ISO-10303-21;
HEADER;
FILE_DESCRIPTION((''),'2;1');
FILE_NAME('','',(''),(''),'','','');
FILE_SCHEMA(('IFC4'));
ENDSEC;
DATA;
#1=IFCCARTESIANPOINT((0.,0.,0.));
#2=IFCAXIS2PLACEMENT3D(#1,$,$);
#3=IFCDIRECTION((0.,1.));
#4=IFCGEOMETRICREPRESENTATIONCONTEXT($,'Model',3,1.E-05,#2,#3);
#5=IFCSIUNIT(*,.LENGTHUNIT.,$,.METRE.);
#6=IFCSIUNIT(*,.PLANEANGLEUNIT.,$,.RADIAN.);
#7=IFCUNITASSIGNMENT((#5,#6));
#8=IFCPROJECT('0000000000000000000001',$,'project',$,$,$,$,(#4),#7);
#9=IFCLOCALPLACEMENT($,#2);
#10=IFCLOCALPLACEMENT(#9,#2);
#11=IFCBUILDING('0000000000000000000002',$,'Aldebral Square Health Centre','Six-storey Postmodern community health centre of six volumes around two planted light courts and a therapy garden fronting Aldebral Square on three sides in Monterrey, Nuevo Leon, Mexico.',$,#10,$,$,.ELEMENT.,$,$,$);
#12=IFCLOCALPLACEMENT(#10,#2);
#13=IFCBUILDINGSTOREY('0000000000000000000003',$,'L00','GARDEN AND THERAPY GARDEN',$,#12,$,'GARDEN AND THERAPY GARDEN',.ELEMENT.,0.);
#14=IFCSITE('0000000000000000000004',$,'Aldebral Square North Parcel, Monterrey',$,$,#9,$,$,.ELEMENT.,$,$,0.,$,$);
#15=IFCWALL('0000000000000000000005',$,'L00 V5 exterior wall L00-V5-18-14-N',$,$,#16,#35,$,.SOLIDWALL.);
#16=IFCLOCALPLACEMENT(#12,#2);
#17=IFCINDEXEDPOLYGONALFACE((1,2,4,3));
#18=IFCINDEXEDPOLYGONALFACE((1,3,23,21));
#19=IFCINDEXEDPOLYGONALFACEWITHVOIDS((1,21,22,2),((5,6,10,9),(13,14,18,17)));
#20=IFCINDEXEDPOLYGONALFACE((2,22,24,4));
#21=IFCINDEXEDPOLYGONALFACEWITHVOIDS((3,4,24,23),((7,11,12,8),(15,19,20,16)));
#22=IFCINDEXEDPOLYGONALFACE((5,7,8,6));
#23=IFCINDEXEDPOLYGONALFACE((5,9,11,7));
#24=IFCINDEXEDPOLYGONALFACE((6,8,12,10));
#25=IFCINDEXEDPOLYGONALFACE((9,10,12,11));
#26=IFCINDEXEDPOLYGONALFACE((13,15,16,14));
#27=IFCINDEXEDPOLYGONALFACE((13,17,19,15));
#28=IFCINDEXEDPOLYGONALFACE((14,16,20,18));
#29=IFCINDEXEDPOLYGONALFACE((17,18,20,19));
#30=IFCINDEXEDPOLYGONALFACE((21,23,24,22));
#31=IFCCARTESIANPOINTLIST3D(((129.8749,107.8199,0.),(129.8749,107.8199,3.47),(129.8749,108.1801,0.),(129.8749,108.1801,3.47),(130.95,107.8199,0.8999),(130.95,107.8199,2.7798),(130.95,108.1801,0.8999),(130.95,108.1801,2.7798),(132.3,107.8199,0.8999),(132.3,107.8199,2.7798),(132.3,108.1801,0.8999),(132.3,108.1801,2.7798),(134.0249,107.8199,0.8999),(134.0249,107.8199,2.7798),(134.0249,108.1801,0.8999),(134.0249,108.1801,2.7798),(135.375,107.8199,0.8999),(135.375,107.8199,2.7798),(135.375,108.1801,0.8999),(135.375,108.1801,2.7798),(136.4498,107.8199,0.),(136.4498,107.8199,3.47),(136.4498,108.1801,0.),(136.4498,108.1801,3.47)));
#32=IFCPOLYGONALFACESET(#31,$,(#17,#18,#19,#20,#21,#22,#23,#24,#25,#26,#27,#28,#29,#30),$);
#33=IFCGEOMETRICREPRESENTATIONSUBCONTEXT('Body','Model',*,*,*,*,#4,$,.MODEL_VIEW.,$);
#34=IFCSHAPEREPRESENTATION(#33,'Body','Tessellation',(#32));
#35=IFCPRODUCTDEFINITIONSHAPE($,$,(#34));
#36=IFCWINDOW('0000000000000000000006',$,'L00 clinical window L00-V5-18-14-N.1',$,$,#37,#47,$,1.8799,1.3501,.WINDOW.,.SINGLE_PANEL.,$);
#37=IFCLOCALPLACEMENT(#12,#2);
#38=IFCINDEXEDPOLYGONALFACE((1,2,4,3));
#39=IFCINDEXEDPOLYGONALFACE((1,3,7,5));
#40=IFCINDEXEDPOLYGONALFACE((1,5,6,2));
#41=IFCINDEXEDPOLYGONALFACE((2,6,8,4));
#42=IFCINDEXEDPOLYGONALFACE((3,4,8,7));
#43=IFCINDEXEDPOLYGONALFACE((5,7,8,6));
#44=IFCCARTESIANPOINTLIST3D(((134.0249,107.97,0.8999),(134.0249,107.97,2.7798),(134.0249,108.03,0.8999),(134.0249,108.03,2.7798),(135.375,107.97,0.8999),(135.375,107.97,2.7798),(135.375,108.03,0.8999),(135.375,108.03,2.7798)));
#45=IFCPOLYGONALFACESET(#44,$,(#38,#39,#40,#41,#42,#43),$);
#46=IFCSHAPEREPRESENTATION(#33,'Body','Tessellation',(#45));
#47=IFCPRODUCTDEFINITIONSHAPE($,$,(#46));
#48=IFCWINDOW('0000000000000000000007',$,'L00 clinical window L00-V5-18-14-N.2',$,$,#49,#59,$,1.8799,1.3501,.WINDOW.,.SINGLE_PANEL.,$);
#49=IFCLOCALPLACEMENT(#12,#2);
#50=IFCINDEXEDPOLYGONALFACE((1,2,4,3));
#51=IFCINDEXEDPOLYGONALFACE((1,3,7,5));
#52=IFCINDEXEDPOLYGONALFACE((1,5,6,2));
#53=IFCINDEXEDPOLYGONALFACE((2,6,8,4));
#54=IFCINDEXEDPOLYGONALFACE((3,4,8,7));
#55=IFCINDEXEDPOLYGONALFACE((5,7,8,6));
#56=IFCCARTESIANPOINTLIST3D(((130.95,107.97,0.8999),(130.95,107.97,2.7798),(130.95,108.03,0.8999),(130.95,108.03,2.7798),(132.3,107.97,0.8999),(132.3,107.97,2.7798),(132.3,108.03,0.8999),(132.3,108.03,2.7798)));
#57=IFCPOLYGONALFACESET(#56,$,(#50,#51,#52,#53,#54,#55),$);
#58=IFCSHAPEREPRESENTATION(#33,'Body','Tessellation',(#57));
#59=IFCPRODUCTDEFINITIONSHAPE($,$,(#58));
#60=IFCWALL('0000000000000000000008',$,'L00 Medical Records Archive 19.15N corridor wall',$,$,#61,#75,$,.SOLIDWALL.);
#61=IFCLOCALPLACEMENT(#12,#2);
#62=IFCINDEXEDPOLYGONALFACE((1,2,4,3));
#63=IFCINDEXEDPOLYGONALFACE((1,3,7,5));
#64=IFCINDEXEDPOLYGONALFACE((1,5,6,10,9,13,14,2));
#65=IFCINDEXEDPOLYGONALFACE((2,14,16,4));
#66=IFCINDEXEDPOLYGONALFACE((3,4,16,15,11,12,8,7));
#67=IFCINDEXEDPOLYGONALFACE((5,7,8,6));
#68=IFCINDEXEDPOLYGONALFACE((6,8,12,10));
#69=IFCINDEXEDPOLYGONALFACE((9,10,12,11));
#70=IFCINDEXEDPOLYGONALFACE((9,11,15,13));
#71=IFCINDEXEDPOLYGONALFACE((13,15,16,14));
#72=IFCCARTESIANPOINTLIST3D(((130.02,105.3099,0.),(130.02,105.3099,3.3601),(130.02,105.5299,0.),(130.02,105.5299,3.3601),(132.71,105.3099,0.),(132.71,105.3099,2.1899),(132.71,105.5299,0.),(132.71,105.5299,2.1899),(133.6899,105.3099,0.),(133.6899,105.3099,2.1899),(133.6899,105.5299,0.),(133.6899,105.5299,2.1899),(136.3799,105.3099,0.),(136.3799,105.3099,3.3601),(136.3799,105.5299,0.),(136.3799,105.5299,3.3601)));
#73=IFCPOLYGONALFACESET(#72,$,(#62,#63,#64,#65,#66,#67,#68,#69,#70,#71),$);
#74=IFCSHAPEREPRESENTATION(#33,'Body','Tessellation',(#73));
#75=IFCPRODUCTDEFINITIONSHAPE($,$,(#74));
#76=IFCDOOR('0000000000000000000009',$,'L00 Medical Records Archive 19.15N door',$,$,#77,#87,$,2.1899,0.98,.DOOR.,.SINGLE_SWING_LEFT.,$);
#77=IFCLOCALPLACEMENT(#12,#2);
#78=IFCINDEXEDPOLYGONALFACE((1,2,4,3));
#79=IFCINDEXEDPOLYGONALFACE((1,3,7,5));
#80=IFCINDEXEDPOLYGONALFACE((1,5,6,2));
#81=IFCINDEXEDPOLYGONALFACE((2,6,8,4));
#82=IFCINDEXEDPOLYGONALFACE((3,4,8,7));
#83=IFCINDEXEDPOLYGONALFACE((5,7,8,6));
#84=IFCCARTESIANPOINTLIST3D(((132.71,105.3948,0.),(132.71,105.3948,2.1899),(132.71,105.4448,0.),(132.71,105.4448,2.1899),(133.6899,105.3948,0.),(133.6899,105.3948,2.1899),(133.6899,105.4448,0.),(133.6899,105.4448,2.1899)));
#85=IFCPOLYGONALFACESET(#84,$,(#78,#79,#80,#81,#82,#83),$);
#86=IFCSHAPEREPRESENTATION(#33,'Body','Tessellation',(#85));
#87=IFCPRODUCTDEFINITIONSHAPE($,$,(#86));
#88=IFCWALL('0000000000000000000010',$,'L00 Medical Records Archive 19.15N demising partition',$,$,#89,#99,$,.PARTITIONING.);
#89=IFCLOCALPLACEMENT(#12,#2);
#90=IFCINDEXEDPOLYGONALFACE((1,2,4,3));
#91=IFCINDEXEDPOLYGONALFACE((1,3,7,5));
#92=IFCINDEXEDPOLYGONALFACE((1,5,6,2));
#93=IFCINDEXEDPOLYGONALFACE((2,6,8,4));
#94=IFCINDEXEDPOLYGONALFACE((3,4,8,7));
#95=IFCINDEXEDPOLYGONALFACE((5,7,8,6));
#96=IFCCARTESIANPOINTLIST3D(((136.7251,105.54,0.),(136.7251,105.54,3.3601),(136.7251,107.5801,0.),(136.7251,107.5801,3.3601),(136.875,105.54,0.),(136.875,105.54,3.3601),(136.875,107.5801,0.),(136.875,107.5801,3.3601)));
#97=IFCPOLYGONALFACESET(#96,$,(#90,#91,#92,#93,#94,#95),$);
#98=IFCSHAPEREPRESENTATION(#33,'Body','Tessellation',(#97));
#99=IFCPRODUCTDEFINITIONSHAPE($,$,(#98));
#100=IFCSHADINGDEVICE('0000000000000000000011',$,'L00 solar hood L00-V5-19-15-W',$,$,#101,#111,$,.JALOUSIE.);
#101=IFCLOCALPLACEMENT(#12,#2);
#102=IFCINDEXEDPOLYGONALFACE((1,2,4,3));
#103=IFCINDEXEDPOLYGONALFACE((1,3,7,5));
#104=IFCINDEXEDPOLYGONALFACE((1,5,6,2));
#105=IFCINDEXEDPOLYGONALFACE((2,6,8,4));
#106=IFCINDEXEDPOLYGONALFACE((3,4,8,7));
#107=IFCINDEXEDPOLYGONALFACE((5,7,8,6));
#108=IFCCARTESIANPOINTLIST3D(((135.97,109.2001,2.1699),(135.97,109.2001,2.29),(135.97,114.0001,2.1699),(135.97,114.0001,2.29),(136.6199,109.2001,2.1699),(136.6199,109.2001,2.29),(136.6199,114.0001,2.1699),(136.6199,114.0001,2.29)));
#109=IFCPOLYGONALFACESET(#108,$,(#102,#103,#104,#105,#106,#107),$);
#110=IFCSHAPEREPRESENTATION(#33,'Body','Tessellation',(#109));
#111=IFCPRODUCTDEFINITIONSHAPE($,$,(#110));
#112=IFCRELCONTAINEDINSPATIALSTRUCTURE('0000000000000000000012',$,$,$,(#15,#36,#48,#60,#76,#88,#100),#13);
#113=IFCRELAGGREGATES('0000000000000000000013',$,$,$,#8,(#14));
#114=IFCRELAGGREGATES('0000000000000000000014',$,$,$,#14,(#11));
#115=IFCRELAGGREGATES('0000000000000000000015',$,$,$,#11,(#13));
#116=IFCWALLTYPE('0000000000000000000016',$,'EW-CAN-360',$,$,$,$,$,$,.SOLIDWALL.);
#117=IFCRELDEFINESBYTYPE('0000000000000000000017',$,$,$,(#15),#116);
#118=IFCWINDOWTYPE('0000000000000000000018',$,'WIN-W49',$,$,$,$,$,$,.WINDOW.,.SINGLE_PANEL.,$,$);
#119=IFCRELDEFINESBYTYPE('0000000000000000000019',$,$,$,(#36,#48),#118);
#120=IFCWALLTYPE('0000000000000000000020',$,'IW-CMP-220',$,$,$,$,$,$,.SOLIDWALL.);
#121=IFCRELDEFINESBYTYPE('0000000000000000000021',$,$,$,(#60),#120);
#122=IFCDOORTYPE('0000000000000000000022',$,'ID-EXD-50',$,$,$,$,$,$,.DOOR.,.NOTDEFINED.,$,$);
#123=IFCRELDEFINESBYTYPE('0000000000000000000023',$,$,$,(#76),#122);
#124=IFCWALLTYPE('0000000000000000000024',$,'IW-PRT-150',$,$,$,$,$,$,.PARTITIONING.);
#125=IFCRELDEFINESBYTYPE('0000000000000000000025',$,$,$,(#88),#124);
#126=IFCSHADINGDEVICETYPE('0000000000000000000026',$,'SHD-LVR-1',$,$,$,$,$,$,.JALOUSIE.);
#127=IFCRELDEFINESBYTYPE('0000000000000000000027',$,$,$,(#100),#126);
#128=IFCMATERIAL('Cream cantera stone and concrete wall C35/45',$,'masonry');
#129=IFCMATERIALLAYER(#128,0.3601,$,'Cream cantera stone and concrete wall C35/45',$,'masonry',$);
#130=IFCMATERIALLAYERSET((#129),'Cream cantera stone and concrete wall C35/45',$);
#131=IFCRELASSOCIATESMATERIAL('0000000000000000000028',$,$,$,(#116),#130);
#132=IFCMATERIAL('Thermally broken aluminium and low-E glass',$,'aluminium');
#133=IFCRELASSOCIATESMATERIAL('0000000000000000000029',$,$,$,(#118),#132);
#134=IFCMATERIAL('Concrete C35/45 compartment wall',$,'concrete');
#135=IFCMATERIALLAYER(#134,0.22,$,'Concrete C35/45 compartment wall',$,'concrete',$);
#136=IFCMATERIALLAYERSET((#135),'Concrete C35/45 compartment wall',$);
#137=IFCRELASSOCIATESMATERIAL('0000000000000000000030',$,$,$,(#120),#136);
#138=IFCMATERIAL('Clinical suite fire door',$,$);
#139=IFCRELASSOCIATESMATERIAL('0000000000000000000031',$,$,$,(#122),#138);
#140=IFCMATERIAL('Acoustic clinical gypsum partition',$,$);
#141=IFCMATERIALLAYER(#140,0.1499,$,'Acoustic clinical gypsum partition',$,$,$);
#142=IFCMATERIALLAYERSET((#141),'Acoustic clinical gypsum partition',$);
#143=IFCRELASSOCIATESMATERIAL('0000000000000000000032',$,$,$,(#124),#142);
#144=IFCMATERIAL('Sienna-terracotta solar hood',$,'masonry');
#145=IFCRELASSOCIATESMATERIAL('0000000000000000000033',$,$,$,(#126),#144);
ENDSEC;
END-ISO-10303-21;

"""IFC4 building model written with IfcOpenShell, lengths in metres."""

from ifc_helpers import new_model, si_unit, direction, frame, frame_2d, origin, origin_2d, place, context, subcontext, project, spatial, rectangle, extrude, material, layer, layer_set, type_object, element, fill, save


model = new_model("IFC4")

# Units and contexts
model_context = context("Model", 3, precision=1e-05, world=origin(), true_north=direction((0.0, 1.0)))
body_context = subcontext(model_context, "Body", "Model", "MODEL_VIEW")
ifc_project = project(units=[si_unit("LENGTHUNIT", "METRE"), si_unit("PLANEANGLEUNIT", "RADIAN")], contexts=[model_context])

# Site, building, storey
site_placement = place(None, origin())
site = spatial("IfcSite", under=ifc_project, at=site_placement, Name="Aldebral Square North Parcel, Monterrey", CompositionType="ELEMENT", RefElevation=0.0)
building_placement = place(site_placement, origin())
building = spatial("IfcBuilding", under=site, at=building_placement, Name="Aldebral Square Health Centre", Description="Six-storey Postmodern community health centre of six volumes around two planted light courts and a therapy garden fronting Aldebral Square on three sides in Monterrey, Nuevo Leon, Mexico.", CompositionType="ELEMENT")
storey_placement = place(building_placement, origin())
storey = spatial("IfcBuildingStorey", under=building, at=storey_placement, Name="L00", Description="GARDEN AND THERAPY GARDEN", LongName="GARDEN AND THERAPY GARDEN", CompositionType="ELEMENT", Elevation=0.0)

# Wall, openings, windows
ifc_material_1 = material(Name="Cream cantera stone and concrete wall C35/45", Category="masonry")
ifc_layer_1 = layer(ifc_material_1, 0.3601, Name="Cream cantera stone and concrete wall C35/45", Category="masonry")
ifc_layer_set_1 = layer_set([ifc_layer_1], Name="Cream cantera stone and concrete wall C35/45")
wall_type_1 = type_object("IfcWallType", Name="EW-CAN-360", PredefinedType="SOLIDWALL", material=ifc_layer_set_1)
wall_1_placement = place(storey_placement, frame((136.45, 108.0, 0.0), z_axis=(0.0, 0.0, 1.0), x_axis=(-1.0, 0.0, 0.0)))
wall_1 = element("IfcWall", 1, at=wall_1_placement, inside=storey, type_object=wall_type_1, Name="L00 V5 exterior wall L00-V5-18-14-N", PredefinedType="SOLIDWALL", context=body_context, shape_type="SweptSolid", body=[
    extrude(rectangle(XDim=6.575, YDim=0.3601, at=frame_2d((3.2876, 0.0))), origin(), (0.0, 0.0, 1.0), 3.47),
])
opening_1_placement = place(wall_1_placement, frame((1.075, 0.0, 0.8999)))
opening_1 = element("IfcOpeningElement", 2, at=opening_1_placement, cuts=wall_1, PredefinedType="OPENING", context=body_context, shape_type="SweptSolid", body=[
    extrude(rectangle(XDim=1.3501, YDim=1.8799, at=frame_2d((0.675, 0.9399))), frame((0.0, 0.1899, 0.0), z_axis=(0.0, -1.0, 0.0), x_axis=(1.0, 0.0, 0.0)), (0.0, 0.0, 1.0), 0.3801),
])
opening_2_placement = place(wall_1_placement, frame((4.1499, 0.0, 0.8999)))
opening_2 = element("IfcOpeningElement", 3, at=opening_2_placement, cuts=wall_1, PredefinedType="OPENING", context=body_context, shape_type="SweptSolid", body=[
    extrude(rectangle(XDim=1.3501, YDim=1.8799, at=frame_2d((0.675, 0.9399))), frame((0.0, 0.1899, 0.0), z_axis=(0.0, -1.0, 0.0), x_axis=(1.0, 0.0, 0.0)), (0.0, 0.0, 1.0), 0.3801),
])
ifc_material_2 = material(Name="Thermally broken aluminium and low-E glass", Category="aluminium")
window_type = type_object("IfcWindowType", Name="WIN-W49", PartitioningType="SINGLE_PANEL", PredefinedType="WINDOW", material=ifc_material_2)
window_1_placement = place(opening_1_placement, origin())
window_1 = element("IfcWindow", 4, at=window_1_placement, inside=storey, type_object=window_type, Name="L00 clinical window L00-V5-18-14-N.1", OverallHeight=1.8799, OverallWidth=1.3501, PartitioningType="SINGLE_PANEL", PredefinedType="WINDOW", context=body_context, shape_type="SweptSolid", body=[
    extrude(rectangle(XDim=1.3501, YDim=1.8799, at=frame_2d((0.675, 0.9399))), frame((0.0, 0.03, 0.0), z_axis=(0.0, -1.0, 0.0), x_axis=(1.0, 0.0, 0.0)), (0.0, 0.0, 1.0), 0.0601),
])
fill(opening_1, window_1)
window_2_placement = place(opening_2_placement, origin())
window_2 = element("IfcWindow", 5, at=window_2_placement, inside=storey, type_object=window_type, Name="L00 clinical window L00-V5-18-14-N.2", OverallHeight=1.8799, OverallWidth=1.3501, PartitioningType="SINGLE_PANEL", PredefinedType="WINDOW", context=body_context, shape_type="SweptSolid", body=[
    extrude(rectangle(XDim=1.3501, YDim=1.8799, at=frame_2d((0.675, 0.9399))), frame((0.0, 0.03, 0.0), z_axis=(0.0, -1.0, 0.0), x_axis=(1.0, 0.0, 0.0)), (0.0, 0.0, 1.0), 0.0601),
])
fill(opening_2, window_2)

# Wall, opening, door
ifc_material_3 = material(Name="Concrete C35/45 compartment wall", Category="concrete")
ifc_layer_2 = layer(ifc_material_3, 0.22, Name="Concrete C35/45 compartment wall", Category="concrete")
ifc_layer_set_2 = layer_set([ifc_layer_2], Name="Concrete C35/45 compartment wall")
wall_type_2 = type_object("IfcWallType", Name="IW-CMP-220", PredefinedType="SOLIDWALL", material=ifc_layer_set_2)
wall_2_placement = place(storey_placement, frame((130.02, 105.4199, 0.0), z_axis=(0.0, 0.0, 1.0), x_axis=(1.0, 0.0, 0.0)))
wall_2 = element("IfcWall", 6, at=wall_2_placement, inside=storey, type_object=wall_type_2, Name="L00 Medical Records Archive 19.15N corridor wall", PredefinedType="SOLIDWALL", context=body_context, shape_type="SweptSolid", body=[
    extrude(rectangle(XDim=6.3599, YDim=0.22, at=frame_2d((3.1799, 0.0))), origin(), (0.0, 0.0, 1.0), 3.3601),
])
opening_3_placement = place(wall_2_placement, frame((2.6899, 0.0, 0.0)))
opening_3 = element("IfcOpeningElement", 7, at=opening_3_placement, cuts=wall_2, PredefinedType="OPENING", context=body_context, shape_type="SweptSolid", body=[
    extrude(rectangle(XDim=0.98, YDim=2.1899, at=frame_2d((0.49, 1.095))), frame((0.0, 0.1201, 0.0), z_axis=(0.0, -1.0, 0.0), x_axis=(1.0, 0.0, 0.0)), (0.0, 0.0, 1.0), 0.24),
])
ifc_material_4 = material(Name="Clinical suite fire door")
door_type = type_object("IfcDoorType", Name="ID-EXD-50", OperationType="NOTDEFINED", PredefinedType="DOOR", material=ifc_material_4)
door_placement = place(opening_3_placement, origin())
door = element("IfcDoor", 8, at=door_placement, inside=storey, type_object=door_type, Name="L00 Medical Records Archive 19.15N door", OperationType="SINGLE_SWING_LEFT", OverallHeight=2.1899, OverallWidth=0.98, PredefinedType="DOOR", context=body_context, shape_type="SweptSolid", body=[
    extrude(rectangle(XDim=0.98, YDim=2.1899, at=frame_2d((0.49, 1.095))), frame((0.0, 0.0249, 0.0), z_axis=(0.0, -1.0, 0.0), x_axis=(1.0, 0.0, 0.0)), (0.0, 0.0, 1.0), 0.05),
])
fill(opening_3, door)

# Wall
ifc_material_5 = material(Name="Acoustic clinical gypsum partition")
ifc_layer_3 = layer(ifc_material_5, 0.1499, Name="Acoustic clinical gypsum partition")
ifc_layer_set_3 = layer_set([ifc_layer_3], Name="Acoustic clinical gypsum partition")
wall_type_3 = type_object("IfcWallType", Name="IW-PRT-150", PredefinedType="PARTITIONING", material=ifc_layer_set_3)
wall_3_placement = place(storey_placement, frame((136.8, 105.54, 0.0), z_axis=(0.0, 0.0, 1.0), x_axis=(0.0, 1.0, 0.0)))
element("IfcWall", 9, at=wall_3_placement, inside=storey, type_object=wall_type_3, Name="L00 Medical Records Archive 19.15N demising partition", PredefinedType="PARTITIONING", context=body_context, shape_type="SweptSolid", body=[
    extrude(rectangle(XDim=2.04, YDim=0.1499, at=frame_2d((1.02, 0.0))), origin(), (0.0, 0.0, 1.0), 3.3601),
])

# Shading device
ifc_material_6 = material(Name="Sienna-terracotta solar hood", Category="masonry")
shading_device_type = type_object("IfcShadingDeviceType", Name="SHD-LVR-1", PredefinedType="JALOUSIE", material=ifc_material_6)
shading_device_placement = place(storey_placement, frame((136.2949, 111.6001, 2.1699), z_axis=(0.0, 0.0, 1.0), x_axis=(0.0, 1.0, 0.0)))
element("IfcShadingDevice", 10, at=shading_device_placement, inside=storey, type_object=shading_device_type, Name="L00 solar hood L00-V5-19-15-W", PredefinedType="JALOUSIE", context=body_context, shape_type="SweptSolid", body=[
    extrude(rectangle(XDim=4.8, YDim=0.6499, at=origin_2d()), origin(), (0.0, 0.0, 1.0), 0.1201),
])

save(model, "model.ifc")
